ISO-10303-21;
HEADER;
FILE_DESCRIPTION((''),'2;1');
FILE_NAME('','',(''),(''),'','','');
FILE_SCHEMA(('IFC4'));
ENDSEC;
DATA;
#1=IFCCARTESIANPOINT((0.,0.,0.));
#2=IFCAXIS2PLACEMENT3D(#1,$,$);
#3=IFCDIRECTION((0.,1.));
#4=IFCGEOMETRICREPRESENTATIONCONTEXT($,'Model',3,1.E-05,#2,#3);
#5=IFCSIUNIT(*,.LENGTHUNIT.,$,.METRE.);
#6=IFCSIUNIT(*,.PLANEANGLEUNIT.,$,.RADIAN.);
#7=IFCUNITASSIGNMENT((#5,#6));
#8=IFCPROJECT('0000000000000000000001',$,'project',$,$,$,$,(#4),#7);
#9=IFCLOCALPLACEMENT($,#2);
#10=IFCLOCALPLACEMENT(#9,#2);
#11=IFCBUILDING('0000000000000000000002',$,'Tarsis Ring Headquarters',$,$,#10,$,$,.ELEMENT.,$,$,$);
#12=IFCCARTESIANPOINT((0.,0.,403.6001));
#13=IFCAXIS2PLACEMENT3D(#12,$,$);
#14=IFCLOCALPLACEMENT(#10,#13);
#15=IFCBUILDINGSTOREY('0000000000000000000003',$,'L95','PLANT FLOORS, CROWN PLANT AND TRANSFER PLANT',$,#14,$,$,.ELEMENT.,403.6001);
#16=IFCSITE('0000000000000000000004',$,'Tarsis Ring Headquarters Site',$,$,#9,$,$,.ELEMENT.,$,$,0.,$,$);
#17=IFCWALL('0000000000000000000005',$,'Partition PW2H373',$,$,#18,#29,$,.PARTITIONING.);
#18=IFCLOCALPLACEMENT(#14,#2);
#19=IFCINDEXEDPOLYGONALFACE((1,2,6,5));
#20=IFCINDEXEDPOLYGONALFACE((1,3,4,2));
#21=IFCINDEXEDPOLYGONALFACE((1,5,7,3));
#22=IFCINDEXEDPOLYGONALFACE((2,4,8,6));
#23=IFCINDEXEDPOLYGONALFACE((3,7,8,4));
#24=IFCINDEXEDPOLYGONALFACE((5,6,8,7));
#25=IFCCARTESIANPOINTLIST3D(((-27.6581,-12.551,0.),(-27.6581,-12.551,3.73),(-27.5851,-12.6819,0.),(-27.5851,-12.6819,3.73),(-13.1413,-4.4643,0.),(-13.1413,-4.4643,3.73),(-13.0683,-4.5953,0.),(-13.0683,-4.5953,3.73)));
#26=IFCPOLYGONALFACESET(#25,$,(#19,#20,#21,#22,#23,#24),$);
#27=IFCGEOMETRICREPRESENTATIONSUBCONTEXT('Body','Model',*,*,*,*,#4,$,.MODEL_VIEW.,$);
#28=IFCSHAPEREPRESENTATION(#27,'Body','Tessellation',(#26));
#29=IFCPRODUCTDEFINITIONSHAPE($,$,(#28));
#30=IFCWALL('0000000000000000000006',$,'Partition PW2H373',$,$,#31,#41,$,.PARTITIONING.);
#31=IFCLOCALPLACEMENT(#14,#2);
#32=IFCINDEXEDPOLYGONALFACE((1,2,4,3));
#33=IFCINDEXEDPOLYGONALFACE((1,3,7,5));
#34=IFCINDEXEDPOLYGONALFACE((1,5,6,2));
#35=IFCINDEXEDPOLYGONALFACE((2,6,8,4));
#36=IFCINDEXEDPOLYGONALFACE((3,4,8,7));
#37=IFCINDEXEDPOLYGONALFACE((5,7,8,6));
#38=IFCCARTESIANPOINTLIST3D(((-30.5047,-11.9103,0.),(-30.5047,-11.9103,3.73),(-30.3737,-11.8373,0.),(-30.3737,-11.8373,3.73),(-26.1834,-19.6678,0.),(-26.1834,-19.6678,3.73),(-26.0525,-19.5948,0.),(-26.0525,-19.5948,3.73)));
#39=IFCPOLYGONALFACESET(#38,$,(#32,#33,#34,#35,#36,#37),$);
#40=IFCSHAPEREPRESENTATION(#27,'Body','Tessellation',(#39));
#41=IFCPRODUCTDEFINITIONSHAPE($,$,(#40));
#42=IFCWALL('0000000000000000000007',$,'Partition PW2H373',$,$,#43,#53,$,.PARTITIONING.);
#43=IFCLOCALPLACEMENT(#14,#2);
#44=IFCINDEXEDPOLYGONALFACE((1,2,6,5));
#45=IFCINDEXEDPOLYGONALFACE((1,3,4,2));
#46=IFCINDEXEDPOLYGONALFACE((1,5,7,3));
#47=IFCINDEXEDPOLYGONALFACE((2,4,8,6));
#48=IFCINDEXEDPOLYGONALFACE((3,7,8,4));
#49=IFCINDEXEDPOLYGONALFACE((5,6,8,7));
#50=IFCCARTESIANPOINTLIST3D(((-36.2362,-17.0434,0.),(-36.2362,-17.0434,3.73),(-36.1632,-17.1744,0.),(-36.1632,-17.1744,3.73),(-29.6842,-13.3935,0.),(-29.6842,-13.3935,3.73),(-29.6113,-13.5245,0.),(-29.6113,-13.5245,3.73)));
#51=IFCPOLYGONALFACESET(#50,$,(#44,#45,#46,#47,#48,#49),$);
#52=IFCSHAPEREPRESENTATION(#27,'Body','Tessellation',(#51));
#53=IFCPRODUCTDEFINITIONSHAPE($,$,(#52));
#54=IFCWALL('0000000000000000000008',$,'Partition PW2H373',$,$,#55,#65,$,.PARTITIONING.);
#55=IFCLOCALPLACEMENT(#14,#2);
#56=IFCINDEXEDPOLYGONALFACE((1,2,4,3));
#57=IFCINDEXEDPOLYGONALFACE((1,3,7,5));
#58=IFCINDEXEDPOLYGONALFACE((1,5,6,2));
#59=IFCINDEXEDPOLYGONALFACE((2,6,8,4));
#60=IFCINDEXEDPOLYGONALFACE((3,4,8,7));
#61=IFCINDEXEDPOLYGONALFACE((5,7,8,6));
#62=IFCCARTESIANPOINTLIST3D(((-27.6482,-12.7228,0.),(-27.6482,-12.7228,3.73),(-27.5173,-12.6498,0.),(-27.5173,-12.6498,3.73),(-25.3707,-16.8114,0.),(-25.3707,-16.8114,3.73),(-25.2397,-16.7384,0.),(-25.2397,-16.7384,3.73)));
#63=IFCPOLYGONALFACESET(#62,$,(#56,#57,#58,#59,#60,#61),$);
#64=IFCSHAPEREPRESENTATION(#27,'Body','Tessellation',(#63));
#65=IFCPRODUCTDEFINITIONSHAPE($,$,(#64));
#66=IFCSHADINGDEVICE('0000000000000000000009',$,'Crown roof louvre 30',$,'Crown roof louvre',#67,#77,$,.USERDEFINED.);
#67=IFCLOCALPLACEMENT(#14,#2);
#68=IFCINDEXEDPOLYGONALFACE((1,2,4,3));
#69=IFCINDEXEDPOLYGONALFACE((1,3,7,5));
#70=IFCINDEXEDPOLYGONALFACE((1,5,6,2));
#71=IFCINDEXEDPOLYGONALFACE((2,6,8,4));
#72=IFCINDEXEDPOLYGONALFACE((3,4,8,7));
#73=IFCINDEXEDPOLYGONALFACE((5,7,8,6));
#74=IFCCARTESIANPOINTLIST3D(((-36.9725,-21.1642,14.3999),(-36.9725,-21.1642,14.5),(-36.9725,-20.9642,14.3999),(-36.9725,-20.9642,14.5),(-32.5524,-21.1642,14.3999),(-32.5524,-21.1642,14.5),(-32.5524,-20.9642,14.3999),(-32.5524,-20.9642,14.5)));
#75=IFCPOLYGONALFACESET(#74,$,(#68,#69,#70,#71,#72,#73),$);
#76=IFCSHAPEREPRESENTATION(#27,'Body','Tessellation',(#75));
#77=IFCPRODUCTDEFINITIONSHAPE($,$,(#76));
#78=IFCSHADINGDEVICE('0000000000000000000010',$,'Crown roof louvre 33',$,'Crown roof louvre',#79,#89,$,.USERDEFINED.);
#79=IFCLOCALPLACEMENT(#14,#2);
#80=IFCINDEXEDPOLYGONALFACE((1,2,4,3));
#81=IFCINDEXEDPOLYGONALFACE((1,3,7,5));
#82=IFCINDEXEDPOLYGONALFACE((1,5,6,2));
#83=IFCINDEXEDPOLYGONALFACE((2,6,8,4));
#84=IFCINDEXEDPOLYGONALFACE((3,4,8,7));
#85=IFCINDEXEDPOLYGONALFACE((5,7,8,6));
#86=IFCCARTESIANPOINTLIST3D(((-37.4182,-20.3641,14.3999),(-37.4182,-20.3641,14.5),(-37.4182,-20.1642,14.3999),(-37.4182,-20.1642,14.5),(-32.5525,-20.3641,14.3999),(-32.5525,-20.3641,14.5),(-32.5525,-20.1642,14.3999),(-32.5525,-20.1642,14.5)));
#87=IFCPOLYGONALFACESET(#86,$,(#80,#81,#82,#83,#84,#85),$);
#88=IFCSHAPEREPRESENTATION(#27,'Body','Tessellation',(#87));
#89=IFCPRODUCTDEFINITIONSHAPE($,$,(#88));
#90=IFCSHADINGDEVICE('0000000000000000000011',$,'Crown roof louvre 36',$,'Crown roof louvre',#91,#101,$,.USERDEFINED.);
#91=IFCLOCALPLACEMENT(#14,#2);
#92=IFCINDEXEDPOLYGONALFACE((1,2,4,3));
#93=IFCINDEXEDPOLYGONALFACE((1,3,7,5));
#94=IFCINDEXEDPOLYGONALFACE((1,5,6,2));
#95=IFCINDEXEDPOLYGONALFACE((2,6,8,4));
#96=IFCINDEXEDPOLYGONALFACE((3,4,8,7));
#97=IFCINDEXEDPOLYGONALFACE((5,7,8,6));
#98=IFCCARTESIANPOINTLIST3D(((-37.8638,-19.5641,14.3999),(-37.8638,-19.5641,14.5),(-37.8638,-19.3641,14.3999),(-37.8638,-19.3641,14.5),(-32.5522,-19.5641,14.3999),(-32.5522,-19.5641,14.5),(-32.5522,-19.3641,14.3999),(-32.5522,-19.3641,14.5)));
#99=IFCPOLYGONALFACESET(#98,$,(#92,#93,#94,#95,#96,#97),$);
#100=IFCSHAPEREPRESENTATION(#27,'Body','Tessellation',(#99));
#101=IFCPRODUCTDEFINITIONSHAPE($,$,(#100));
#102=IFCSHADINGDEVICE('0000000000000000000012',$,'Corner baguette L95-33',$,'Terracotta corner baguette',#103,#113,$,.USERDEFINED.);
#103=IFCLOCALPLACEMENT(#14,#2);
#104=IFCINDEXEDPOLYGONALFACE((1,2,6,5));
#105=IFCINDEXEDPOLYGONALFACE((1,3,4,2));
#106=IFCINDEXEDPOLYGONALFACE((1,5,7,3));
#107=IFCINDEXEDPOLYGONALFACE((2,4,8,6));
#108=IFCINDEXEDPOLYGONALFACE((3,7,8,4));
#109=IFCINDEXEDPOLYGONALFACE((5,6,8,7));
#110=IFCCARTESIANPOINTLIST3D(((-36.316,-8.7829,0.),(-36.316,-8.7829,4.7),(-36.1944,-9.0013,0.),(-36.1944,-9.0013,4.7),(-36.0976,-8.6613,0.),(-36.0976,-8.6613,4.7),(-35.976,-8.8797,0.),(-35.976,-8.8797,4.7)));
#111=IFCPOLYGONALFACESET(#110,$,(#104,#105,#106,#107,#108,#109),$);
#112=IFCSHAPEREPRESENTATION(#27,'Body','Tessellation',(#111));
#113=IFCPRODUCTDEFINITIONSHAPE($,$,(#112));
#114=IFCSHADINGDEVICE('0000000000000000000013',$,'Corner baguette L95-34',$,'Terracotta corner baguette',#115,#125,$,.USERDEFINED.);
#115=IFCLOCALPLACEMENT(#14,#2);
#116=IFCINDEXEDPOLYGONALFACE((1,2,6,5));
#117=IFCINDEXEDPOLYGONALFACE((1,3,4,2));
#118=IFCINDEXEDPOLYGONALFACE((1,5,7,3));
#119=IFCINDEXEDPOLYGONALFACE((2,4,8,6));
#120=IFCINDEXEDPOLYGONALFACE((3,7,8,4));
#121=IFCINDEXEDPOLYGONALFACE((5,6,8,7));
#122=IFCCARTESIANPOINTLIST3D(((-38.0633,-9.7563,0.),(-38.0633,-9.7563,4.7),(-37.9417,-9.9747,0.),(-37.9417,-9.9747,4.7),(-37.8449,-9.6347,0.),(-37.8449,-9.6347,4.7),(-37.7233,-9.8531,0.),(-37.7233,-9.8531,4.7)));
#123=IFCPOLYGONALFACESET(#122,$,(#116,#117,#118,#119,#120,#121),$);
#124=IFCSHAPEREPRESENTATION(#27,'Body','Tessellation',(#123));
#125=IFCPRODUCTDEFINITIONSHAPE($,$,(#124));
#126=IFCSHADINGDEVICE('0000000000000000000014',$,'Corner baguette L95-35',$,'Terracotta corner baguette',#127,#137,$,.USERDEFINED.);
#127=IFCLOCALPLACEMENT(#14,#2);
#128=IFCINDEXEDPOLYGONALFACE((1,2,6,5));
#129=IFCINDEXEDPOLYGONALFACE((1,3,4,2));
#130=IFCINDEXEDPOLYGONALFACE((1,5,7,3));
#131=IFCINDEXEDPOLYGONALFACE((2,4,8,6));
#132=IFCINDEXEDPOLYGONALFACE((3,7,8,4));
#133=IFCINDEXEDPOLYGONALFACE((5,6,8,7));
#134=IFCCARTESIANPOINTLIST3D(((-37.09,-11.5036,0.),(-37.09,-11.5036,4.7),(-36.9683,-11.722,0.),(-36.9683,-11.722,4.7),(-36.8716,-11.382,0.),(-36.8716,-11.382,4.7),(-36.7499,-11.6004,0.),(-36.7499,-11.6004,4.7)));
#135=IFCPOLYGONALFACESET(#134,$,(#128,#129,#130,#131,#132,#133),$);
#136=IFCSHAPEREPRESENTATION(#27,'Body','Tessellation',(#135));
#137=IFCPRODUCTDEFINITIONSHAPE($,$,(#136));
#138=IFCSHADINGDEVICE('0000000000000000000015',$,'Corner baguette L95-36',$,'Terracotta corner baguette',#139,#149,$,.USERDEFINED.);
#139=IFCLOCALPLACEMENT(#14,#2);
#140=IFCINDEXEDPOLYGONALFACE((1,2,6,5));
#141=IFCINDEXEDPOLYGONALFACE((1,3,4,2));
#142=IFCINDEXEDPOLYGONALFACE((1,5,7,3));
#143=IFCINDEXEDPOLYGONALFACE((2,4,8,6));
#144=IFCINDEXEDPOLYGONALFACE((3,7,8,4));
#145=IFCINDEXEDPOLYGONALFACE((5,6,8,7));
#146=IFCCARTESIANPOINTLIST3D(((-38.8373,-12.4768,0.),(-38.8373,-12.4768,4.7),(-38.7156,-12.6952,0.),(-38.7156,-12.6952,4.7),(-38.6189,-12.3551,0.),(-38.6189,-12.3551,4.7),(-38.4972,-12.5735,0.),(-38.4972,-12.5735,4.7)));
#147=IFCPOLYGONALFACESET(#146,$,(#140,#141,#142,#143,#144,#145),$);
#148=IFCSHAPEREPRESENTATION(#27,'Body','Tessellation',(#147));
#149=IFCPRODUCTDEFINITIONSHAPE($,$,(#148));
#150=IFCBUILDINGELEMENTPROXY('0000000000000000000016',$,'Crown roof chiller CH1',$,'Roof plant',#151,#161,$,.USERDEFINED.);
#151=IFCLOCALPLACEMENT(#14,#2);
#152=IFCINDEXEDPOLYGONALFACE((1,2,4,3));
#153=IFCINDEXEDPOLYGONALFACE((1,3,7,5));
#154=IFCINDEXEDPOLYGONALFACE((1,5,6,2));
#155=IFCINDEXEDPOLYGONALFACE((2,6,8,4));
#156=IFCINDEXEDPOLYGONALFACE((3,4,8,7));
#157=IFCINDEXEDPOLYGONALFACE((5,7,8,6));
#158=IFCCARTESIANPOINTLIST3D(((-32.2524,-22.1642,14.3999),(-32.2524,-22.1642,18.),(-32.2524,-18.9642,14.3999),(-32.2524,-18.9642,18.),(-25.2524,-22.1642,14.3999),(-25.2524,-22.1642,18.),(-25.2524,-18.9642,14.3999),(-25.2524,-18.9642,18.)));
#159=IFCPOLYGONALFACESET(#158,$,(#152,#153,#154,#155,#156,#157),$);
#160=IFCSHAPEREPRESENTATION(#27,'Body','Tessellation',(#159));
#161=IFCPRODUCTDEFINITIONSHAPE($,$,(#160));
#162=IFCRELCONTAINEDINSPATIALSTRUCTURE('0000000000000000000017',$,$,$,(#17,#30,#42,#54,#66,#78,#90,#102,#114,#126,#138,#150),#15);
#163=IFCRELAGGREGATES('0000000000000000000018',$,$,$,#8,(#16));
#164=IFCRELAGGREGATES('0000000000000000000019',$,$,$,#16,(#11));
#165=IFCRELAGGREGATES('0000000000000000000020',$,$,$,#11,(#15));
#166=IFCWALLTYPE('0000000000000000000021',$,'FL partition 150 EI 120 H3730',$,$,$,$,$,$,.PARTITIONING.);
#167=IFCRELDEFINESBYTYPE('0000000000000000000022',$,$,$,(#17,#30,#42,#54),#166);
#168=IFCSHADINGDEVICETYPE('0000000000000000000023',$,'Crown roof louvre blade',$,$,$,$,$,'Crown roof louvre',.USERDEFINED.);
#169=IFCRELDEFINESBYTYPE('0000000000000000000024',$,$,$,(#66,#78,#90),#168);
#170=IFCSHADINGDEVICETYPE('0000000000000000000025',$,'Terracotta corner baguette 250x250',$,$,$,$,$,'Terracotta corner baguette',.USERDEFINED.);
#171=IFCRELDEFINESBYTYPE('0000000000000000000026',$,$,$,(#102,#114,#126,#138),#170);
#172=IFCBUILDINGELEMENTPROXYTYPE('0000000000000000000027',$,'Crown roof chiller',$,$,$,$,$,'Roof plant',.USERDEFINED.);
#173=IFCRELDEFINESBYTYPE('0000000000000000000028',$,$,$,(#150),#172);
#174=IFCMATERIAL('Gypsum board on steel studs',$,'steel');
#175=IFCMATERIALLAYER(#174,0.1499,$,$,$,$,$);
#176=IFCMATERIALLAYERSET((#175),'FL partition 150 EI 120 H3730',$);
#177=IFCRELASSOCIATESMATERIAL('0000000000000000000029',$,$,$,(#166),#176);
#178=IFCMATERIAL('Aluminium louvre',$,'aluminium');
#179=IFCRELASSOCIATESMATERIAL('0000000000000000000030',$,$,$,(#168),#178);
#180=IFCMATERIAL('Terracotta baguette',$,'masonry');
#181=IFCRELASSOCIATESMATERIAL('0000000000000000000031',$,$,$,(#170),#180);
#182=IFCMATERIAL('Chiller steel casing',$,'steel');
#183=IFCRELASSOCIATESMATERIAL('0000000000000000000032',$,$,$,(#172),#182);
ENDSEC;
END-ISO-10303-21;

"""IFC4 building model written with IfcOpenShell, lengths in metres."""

from ifc_helpers import new_model, si_unit, direction, frame, frame_2d, origin, origin_2d, place, context, subcontext, project, spatial, rectangle, extrude, material, layer, layer_set, type_object, element, save


model = new_model("IFC4")

# Units and contexts
model_context = context("Model", 3, precision=1e-05, world=origin(), true_north=direction((0.0, 1.0)))
body_context = subcontext(model_context, "Body", "Model", "MODEL_VIEW")
ifc_project = project(units=[si_unit("LENGTHUNIT", "METRE"), si_unit("PLANEANGLEUNIT", "RADIAN")], contexts=[model_context])

# Site, building, storey
site_placement = place(None, origin())
site = spatial("IfcSite", under=ifc_project, at=site_placement, Name="Tarsis Ring Headquarters Site", CompositionType="ELEMENT", RefElevation=0.0)
building_placement = place(site_placement, origin())
building = spatial("IfcBuilding", under=site, at=building_placement, Name="Tarsis Ring Headquarters", CompositionType="ELEMENT")
storey_placement = place(building_placement, frame((0.0, 0.0, 403.6001)))
storey = spatial("IfcBuildingStorey", under=building, at=storey_placement, Name="L95", Description="PLANT FLOORS, CROWN PLANT AND TRANSFER PLANT", CompositionType="ELEMENT", Elevation=403.6001)

# Shared definitions
ifc_material_1 = material(Name="Gypsum board on steel studs", Category="steel")
ifc_layer_1 = layer(ifc_material_1, 0.1499)
ifc_layer_set_1 = layer_set([ifc_layer_1], Name="FL partition 150 EI 120 H3730")
wall_type = type_object("IfcWallType", Name="FL partition 150 EI 120 H3730", PredefinedType="PARTITIONING", material=ifc_layer_set_1)

# Walls
wall_1_placement = place(storey_placement, frame((-27.6216, -12.6165, 0.0), z_axis=(0.0, 0.0, 1.0), x_axis=(0.873601, 0.486643, 0.0)))
element("IfcWall", 1, at=wall_1_placement, inside=storey, type_object=wall_type, Name="Partition PW2H373", PredefinedType="PARTITIONING", context=body_context, shape_type="SweptSolid", body=[
    extrude(rectangle(XDim=16.6172, YDim=0.1499, at=frame_2d((8.3086, 0.0))), origin(), (0.0, 0.0, 1.0), 3.73),
])
wall_2_placement = place(storey_placement, frame((-30.4392, -11.8738, 0.0), z_axis=(0.0, 0.0, 1.0), x_axis=(0.486635, -0.873606, 0.0)))
element("IfcWall", 2, at=wall_2_placement, inside=storey, type_object=wall_type, Name="Partition PW2H373", PredefinedType="PARTITIONING", context=body_context, shape_type="SweptSolid", body=[
    extrude(rectangle(XDim=8.8799, YDim=0.1499, at=frame_2d((4.4399, 0.0))), origin(), (0.0, 0.0, 1.0), 3.73),
])
wall_3_placement = place(storey_placement, frame((-36.1997, -17.1089, 0.0), z_axis=(0.0, 0.0, 1.0), x_axis=(0.873596, 0.486651, 0.0)))
element("IfcWall", 3, at=wall_3_placement, inside=storey, type_object=wall_type, Name="Partition PW2H373", PredefinedType="PARTITIONING", context=body_context, shape_type="SweptSolid", body=[
    extrude(rectangle(XDim=7.5, YDim=0.1499, at=frame_2d((3.75, 0.0))), origin(), (0.0, 0.0, 1.0), 3.73),
])
wall_4_placement = place(storey_placement, frame((-27.5828, -12.6863, 0.0), z_axis=(0.0, 0.0, 1.0), x_axis=(0.486644, -0.873601, 0.0)))
element("IfcWall", 4, at=wall_4_placement, inside=storey, type_object=wall_type, Name="Partition PW2H373", PredefinedType="PARTITIONING", context=body_context, shape_type="SweptSolid", body=[
    extrude(rectangle(XDim=4.6802, YDim=0.1499, at=frame_2d((2.3401, 0.0))), origin(), (0.0, 0.0, 1.0), 3.73),
])

# Shading devices
ifc_material_2 = material(Name="Aluminium louvre", Category="aluminium")
shading_device_type_1 = type_object("IfcShadingDeviceType", Name="Crown roof louvre blade", ElementType="Crown roof louvre", PredefinedType="USERDEFINED", material=ifc_material_2)
shading_device_1_placement = place(storey_placement, frame((-34.7625, -21.0642, 14.3999), z_axis=(0.0, 0.0, 1.0), x_axis=(1.0, 0.0, 0.0)))
element("IfcShadingDevice", 5, at=shading_device_1_placement, inside=storey, type_object=shading_device_type_1, Name="Crown roof louvre 30", ObjectType="Crown roof louvre", PredefinedType="USERDEFINED", context=body_context, shape_type="SweptSolid", body=[
    extrude(rectangle(XDim=4.4202, YDim=0.2, at=origin_2d()), origin(), (0.0, 0.0, 1.0), 0.1001),
])
shading_device_2_placement = place(storey_placement, frame((-34.9854, -20.2642, 14.3999), z_axis=(0.0, 0.0, 1.0), x_axis=(1.0, 0.0, 0.0)))
element("IfcShadingDevice", 6, at=shading_device_2_placement, inside=storey, type_object=shading_device_type_1, Name="Crown roof louvre 33", ObjectType="Crown roof louvre", PredefinedType="USERDEFINED", context=body_context, shape_type="SweptSolid", body=[
    extrude(rectangle(XDim=4.8657, YDim=0.2, at=origin_2d()), origin(), (0.0, 0.0, 1.0), 0.1001),
])
shading_device_3_placement = place(storey_placement, frame((-35.208, -19.4641, 14.3999), z_axis=(0.0, 0.0, 1.0), x_axis=(1.0, 0.0, 0.0)))
element("IfcShadingDevice", 7, at=shading_device_3_placement, inside=storey, type_object=shading_device_type_1, Name="Crown roof louvre 36", ObjectType="Crown roof louvre", PredefinedType="USERDEFINED", context=body_context, shape_type="SweptSolid", body=[
    extrude(rectangle(XDim=5.3115, YDim=0.2, at=origin_2d()), origin(), (0.0, 0.0, 1.0), 0.1001),
])
ifc_material_3 = material(Name="Terracotta baguette", Category="masonry")
shading_device_type_2 = type_object("IfcShadingDeviceType", Name="Terracotta corner baguette 250x250", ElementType="Terracotta corner baguette", PredefinedType="USERDEFINED", material=ifc_material_3)
for number, where, z_axis, x_axis, name in (
    (8, (-36.146, -8.8313, 0.0), (0.0, 0.0, 1.0), (0.48664, -0.873602, 0.0), "Corner baguette L95-33"),
    (9, (-37.8933, -9.8047, 0.0), (0.0, 0.0, 1.0), (-0.873602, -0.48664, 0.0), "Corner baguette L95-34"),
    (10, (-36.9199, -11.552, 0.0), (0.0, 0.0, 1.0), (0.486641, -0.873602, 0.0), "Corner baguette L95-35"),
    (11, (-38.6672, -12.5251, 0.0), (0.0, 0.0, 1.0), (-0.873602, -0.48664, 0.0), "Corner baguette L95-36"),
):
    element("IfcShadingDevice", number, at=place(storey_placement, frame(where, z_axis=z_axis, x_axis=x_axis)), inside=storey, type_object=shading_device_type_2, Name=name, ObjectType="Terracotta corner baguette", PredefinedType="USERDEFINED", context=body_context, shape_type="SweptSolid", body=[
        extrude(rectangle(XDim=0.25, YDim=0.25, at=origin_2d()), origin(), (0.0, 0.0, 1.0), 4.7),
    ])

# Building element proxy
ifc_material_4 = material(Name="Chiller steel casing", Category="steel")
building_element_proxy_type = type_object("IfcBuildingElementProxyType", Name="Crown roof chiller", ElementType="Roof plant", PredefinedType="USERDEFINED", material=ifc_material_4)
proxy_placement = place(storey_placement, frame((-28.7524, -20.5642, 14.3999), z_axis=(0.0, 0.0, 1.0), x_axis=(1.0, 0.0, 0.0)))
element("IfcBuildingElementProxy", 12, at=proxy_placement, inside=storey, type_object=building_element_proxy_type, Name="Crown roof chiller CH1", ObjectType="Roof plant", PredefinedType="USERDEFINED", context=body_context, shape_type="SweptSolid", body=[
    extrude(rectangle(XDim=7.0, YDim=3.2, at=origin_2d()), origin(), (0.0, 0.0, 1.0), 3.6001),
])

save(model, "model.ifc")
